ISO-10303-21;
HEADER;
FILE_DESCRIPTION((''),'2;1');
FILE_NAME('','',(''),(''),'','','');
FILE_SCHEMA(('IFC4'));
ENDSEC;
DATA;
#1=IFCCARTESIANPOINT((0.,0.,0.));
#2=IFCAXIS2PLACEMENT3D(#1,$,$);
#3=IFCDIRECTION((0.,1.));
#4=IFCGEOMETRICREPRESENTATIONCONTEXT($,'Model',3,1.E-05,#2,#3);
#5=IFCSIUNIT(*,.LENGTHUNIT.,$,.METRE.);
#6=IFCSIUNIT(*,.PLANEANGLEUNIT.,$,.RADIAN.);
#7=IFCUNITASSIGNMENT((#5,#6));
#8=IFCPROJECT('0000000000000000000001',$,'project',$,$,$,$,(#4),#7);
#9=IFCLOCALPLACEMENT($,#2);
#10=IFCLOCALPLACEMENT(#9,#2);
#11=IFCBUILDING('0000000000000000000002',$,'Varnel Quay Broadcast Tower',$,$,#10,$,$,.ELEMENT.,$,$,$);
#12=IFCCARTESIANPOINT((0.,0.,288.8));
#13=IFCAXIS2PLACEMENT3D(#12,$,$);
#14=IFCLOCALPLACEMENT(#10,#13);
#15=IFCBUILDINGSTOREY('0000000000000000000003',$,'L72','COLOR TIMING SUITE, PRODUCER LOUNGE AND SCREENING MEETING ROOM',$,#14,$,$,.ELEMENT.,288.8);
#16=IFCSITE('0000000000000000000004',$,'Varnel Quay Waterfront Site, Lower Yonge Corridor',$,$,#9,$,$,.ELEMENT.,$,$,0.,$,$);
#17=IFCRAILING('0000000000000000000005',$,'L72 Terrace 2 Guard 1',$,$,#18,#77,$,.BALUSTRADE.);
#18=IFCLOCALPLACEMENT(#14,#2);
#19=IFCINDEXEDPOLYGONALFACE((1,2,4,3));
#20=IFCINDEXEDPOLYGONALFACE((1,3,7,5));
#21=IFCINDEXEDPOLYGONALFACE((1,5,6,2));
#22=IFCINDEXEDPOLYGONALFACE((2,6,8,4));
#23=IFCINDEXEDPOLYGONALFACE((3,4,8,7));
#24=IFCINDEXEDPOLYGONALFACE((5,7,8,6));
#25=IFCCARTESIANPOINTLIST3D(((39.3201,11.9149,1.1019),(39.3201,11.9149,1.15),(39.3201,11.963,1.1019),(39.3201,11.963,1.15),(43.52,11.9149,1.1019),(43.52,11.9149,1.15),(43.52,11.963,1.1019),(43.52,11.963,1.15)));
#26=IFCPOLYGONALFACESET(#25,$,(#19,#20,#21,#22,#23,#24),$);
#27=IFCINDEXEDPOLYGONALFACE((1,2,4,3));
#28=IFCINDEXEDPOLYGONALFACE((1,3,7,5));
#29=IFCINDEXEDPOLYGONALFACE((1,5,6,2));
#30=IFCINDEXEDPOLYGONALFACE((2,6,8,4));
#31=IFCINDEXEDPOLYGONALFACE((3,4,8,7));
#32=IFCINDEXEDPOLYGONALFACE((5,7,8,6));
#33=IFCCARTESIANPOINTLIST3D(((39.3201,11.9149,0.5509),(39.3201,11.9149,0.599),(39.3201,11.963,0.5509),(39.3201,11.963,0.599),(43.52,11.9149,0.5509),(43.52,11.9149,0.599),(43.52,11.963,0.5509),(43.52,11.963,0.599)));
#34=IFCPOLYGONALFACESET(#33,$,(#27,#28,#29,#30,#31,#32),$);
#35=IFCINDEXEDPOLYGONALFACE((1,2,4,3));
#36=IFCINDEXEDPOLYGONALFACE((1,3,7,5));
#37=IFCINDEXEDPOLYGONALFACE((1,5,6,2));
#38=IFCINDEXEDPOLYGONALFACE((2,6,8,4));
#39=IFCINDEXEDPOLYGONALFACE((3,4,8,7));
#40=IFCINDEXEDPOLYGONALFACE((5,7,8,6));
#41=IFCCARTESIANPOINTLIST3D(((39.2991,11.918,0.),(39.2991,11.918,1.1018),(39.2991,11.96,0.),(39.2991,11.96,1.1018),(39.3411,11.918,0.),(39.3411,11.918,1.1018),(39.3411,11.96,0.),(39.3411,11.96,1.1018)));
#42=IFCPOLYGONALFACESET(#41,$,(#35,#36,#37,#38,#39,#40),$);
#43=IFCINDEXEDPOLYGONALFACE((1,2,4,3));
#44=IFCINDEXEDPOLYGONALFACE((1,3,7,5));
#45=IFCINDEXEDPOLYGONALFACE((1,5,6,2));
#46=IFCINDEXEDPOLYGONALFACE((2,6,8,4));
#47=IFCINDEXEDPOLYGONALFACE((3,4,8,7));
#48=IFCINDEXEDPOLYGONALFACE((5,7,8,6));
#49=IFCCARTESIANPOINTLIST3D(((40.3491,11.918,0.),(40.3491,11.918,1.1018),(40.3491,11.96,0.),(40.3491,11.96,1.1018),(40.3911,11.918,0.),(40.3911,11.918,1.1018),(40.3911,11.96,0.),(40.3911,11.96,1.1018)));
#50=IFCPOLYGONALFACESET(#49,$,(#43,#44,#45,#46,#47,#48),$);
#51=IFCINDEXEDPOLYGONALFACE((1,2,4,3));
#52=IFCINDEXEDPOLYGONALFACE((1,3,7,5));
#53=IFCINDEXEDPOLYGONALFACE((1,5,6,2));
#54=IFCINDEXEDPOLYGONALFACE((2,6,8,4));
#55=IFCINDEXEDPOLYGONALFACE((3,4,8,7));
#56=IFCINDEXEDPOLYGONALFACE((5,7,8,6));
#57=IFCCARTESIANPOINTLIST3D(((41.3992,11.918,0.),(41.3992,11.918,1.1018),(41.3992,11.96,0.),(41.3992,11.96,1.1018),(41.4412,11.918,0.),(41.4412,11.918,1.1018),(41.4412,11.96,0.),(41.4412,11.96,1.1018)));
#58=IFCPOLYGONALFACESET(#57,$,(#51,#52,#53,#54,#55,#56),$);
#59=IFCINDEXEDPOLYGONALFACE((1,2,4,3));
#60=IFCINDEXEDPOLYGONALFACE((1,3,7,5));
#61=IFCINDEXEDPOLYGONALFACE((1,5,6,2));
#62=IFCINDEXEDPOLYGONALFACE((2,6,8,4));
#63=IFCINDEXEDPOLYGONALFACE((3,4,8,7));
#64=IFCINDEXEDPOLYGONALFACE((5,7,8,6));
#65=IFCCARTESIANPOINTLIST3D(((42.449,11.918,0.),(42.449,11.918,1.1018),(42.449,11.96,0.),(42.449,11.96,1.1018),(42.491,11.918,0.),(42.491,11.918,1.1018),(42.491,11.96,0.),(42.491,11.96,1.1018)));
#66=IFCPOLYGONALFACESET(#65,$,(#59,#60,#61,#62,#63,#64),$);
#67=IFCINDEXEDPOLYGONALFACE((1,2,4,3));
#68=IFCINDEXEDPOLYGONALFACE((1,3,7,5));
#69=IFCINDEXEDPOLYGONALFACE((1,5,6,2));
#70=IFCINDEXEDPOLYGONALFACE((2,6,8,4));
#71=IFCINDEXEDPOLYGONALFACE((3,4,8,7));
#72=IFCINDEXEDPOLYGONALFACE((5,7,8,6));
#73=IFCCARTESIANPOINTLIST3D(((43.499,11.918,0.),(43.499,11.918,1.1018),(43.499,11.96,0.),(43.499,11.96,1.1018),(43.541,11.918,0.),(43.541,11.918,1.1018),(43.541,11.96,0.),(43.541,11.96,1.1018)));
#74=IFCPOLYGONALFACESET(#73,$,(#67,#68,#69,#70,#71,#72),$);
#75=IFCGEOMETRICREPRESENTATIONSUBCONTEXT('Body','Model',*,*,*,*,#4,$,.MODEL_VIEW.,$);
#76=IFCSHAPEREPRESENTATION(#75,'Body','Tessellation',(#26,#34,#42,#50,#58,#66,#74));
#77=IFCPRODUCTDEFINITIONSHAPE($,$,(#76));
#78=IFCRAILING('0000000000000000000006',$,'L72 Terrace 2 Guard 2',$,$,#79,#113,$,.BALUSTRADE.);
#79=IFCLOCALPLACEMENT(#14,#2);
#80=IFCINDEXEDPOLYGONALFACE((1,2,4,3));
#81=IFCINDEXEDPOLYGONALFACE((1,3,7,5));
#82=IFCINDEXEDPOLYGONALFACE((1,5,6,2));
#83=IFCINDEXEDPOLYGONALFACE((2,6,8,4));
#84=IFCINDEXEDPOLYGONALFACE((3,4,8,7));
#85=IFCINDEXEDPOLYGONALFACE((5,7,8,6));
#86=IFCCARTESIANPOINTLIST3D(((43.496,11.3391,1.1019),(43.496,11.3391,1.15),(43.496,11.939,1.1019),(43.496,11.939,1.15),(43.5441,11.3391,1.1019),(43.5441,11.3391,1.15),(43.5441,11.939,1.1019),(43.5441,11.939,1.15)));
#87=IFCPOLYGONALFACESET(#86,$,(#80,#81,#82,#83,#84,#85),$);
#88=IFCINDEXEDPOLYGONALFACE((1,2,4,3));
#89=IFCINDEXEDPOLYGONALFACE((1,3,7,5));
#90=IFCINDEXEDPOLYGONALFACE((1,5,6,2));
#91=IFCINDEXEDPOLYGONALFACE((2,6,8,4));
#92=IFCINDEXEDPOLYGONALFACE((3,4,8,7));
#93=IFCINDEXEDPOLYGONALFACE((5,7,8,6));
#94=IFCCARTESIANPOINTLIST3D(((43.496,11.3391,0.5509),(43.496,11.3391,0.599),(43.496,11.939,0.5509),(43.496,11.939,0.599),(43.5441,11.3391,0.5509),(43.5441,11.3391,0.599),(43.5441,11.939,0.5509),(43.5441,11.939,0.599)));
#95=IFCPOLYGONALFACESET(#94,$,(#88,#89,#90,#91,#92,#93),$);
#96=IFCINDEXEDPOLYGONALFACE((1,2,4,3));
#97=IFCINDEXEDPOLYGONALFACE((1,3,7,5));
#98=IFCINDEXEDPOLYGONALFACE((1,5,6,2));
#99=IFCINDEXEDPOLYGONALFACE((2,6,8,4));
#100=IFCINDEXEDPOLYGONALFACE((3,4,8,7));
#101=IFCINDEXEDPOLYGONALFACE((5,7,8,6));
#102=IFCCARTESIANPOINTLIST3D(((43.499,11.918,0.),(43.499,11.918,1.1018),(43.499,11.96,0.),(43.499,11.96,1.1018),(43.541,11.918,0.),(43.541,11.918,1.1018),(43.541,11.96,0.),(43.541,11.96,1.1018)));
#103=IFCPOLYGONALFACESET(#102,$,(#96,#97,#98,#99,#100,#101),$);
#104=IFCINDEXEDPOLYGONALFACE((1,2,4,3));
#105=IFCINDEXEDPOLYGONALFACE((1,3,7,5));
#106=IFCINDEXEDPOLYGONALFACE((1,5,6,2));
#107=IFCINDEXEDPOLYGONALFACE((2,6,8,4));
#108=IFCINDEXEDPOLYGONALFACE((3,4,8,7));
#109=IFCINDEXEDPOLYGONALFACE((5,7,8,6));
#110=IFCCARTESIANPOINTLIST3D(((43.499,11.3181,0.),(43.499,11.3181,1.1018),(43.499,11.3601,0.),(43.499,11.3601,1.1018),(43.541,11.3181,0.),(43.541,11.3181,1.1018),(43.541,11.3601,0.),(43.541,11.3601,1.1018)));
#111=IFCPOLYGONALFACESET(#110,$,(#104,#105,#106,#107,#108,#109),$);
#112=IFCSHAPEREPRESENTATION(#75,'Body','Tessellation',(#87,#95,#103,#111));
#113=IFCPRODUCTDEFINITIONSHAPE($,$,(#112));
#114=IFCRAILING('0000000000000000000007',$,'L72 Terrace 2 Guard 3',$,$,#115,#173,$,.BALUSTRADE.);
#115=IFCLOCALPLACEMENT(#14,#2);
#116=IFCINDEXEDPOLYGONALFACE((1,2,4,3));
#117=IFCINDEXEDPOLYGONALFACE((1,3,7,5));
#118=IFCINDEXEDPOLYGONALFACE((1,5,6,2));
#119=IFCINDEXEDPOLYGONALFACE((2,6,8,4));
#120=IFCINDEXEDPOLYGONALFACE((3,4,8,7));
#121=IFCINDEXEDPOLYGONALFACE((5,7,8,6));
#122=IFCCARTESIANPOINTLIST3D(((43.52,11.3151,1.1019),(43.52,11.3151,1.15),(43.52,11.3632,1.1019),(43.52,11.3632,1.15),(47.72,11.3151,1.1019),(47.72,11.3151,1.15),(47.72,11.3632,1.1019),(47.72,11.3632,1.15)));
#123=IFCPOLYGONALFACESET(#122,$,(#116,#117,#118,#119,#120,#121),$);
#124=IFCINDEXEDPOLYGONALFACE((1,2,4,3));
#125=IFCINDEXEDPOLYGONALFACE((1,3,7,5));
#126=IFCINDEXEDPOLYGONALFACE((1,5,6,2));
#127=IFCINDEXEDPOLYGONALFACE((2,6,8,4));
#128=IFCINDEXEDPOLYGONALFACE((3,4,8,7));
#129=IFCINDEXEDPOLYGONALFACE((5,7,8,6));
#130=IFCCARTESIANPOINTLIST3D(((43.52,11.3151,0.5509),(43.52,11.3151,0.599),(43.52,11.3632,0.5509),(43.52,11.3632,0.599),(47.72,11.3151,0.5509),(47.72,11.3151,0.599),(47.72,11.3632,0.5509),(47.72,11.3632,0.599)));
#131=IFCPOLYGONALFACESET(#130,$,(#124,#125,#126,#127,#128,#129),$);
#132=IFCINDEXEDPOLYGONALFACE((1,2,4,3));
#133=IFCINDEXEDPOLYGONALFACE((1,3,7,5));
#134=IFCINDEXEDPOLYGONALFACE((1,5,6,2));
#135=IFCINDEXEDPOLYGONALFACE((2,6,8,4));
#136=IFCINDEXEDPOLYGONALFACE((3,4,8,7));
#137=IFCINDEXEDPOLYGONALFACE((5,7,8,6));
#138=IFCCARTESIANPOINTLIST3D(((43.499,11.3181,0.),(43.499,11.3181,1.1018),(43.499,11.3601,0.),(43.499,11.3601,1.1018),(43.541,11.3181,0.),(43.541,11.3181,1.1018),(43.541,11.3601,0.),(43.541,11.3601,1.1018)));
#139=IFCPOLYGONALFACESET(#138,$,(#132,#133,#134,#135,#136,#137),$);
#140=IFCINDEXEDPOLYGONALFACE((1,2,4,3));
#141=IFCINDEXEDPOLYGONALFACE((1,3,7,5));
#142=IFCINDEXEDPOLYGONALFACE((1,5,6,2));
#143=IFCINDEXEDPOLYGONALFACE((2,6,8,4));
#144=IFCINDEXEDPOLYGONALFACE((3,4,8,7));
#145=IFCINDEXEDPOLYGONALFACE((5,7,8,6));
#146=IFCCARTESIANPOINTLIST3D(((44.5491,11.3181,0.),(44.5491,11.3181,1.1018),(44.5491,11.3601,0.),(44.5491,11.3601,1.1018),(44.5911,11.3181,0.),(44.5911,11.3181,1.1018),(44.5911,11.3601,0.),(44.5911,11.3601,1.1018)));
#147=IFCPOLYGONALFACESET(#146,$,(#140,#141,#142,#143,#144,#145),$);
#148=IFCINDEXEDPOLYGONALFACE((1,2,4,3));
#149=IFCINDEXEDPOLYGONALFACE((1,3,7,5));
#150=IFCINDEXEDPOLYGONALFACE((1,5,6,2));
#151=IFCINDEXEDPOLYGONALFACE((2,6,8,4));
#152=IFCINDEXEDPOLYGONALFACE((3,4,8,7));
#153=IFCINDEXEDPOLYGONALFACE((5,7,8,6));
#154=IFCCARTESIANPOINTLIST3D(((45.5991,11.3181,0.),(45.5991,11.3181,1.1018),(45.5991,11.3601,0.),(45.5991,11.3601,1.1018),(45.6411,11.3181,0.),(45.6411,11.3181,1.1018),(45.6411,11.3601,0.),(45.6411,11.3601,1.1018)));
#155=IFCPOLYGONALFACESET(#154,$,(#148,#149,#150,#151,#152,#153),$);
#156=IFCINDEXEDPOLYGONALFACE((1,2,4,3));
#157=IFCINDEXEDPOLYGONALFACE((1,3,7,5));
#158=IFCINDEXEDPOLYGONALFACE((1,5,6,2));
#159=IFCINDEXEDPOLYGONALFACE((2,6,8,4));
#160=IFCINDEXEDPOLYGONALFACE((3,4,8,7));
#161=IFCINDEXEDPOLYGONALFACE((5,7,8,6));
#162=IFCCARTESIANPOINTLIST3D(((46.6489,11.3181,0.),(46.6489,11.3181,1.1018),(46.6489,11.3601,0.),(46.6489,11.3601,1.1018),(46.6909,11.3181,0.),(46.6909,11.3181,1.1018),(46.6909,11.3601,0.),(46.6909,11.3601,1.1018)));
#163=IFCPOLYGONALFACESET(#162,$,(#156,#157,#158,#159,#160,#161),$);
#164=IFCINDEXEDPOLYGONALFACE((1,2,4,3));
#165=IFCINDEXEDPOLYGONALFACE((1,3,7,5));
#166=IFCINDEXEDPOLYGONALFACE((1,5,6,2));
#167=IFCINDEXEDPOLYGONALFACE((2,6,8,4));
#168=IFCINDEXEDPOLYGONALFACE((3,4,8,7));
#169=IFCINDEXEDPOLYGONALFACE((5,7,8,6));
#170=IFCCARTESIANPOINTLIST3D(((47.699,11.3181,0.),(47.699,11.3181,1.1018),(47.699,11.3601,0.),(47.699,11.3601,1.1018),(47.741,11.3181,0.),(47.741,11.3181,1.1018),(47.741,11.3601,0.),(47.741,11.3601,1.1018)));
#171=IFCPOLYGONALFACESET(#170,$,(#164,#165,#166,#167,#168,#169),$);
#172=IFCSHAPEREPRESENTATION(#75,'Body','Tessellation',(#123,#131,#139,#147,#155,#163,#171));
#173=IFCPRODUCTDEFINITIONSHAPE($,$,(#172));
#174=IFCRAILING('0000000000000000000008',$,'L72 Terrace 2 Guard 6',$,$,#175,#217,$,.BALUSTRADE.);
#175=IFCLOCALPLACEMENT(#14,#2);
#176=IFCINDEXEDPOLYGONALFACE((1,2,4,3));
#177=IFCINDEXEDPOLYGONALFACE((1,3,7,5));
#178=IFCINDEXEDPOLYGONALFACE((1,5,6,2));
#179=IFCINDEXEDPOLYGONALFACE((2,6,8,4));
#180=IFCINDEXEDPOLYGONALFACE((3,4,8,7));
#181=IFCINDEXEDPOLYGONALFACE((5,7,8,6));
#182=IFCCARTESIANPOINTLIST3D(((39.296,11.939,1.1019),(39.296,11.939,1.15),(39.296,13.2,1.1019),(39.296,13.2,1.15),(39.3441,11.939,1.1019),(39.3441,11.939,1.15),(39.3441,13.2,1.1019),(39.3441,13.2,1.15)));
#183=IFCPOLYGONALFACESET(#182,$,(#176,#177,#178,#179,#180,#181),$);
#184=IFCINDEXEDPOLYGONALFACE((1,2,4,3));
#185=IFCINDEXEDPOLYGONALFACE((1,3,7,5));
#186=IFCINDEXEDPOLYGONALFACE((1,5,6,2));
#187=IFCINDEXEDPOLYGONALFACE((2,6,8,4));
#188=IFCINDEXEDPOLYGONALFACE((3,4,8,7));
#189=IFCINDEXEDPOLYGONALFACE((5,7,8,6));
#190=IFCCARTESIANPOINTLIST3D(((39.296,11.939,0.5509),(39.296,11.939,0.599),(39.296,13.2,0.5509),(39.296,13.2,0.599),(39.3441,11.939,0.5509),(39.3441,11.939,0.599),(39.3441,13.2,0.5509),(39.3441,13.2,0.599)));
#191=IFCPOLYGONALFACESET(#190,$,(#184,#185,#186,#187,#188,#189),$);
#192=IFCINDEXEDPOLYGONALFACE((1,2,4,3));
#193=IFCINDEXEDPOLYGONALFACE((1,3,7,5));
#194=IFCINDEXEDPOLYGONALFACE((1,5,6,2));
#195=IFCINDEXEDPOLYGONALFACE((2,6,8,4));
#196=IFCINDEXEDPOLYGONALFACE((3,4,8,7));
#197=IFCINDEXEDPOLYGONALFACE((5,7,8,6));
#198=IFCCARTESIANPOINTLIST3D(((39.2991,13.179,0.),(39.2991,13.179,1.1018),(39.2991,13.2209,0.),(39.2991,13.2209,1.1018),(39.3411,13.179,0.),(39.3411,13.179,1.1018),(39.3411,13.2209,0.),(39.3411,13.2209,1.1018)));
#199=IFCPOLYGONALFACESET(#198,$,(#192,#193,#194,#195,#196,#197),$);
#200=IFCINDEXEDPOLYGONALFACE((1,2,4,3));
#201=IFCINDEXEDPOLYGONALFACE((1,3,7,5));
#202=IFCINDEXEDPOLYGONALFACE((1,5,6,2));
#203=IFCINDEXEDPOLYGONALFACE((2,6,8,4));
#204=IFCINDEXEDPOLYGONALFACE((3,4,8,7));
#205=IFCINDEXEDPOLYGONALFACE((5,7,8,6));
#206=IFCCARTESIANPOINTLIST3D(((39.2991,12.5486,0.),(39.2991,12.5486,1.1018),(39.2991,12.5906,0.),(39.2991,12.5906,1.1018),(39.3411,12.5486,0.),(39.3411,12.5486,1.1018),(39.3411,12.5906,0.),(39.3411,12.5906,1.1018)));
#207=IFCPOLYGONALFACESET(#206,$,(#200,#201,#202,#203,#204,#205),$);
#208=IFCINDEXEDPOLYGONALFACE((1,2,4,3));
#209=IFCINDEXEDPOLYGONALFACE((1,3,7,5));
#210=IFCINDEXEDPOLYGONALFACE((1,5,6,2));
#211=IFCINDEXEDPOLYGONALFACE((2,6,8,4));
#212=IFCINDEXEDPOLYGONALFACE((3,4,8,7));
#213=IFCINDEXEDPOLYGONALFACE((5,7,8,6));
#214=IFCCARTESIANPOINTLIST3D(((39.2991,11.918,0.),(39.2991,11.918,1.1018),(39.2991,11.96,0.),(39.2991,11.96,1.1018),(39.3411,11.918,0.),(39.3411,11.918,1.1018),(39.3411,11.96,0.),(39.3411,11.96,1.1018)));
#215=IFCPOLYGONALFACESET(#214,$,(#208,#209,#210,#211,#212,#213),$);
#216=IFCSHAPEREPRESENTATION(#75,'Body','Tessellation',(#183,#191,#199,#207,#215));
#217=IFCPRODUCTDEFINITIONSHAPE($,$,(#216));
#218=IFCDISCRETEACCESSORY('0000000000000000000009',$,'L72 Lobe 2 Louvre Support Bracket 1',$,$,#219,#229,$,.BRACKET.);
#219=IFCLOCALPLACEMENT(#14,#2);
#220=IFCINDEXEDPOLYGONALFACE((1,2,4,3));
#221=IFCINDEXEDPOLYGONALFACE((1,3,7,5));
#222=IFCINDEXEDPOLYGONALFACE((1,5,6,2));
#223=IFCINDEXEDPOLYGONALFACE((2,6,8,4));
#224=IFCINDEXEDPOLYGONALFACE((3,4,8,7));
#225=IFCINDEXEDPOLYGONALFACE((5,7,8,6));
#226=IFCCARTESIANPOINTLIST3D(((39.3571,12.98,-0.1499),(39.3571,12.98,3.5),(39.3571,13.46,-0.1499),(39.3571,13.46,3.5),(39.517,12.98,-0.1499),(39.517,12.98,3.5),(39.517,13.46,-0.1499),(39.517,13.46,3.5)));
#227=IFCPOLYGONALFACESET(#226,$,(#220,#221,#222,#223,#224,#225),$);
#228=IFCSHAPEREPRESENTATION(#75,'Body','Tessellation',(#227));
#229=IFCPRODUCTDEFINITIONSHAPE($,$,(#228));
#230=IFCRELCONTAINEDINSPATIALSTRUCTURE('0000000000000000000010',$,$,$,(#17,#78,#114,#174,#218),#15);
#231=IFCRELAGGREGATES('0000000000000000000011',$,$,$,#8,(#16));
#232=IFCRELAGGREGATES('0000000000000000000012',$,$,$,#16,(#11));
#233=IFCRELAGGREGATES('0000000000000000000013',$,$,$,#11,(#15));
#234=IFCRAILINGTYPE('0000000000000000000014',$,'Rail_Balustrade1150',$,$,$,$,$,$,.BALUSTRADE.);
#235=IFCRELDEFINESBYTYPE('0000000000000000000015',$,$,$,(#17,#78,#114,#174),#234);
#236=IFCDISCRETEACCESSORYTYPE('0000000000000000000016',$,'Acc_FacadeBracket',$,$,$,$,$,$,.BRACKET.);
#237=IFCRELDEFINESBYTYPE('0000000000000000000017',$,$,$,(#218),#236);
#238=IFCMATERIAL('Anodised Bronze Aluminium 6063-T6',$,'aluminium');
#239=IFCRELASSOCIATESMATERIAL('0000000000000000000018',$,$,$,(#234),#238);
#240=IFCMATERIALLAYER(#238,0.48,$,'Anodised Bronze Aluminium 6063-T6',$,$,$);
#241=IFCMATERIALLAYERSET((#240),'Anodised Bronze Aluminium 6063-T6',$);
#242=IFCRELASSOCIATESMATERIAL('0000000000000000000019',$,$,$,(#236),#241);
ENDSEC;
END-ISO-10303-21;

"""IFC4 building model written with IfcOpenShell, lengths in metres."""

from ifc_helpers import new_model, si_unit, direction, frame, origin, origin_2d, place, context, subcontext, project, spatial, rectangle, extrude, source, transform, mapped, material, layer, layer_set, type_object, type_shapes, element, save


model = new_model("IFC4")

# Units and contexts
model_context = context("Model", 3, precision=1e-05, world=origin(), true_north=direction((0.0, 1.0)))
body_context = subcontext(model_context, "Body", "Model", "MODEL_VIEW")
ifc_project = project(units=[si_unit("LENGTHUNIT", "METRE"), si_unit("PLANEANGLEUNIT", "RADIAN")], contexts=[model_context])

# Site, building, storey
site_placement = place(None, origin())
site = spatial("IfcSite", under=ifc_project, at=site_placement, Name="Varnel Quay Waterfront Site, Lower Yonge Corridor", CompositionType="ELEMENT", RefElevation=0.0)
building_placement = place(site_placement, origin())
building = spatial("IfcBuilding", under=site, at=building_placement, Name="Varnel Quay Broadcast Tower", CompositionType="ELEMENT")
storey_placement = place(building_placement, frame((0.0, 0.0, 288.8)))
storey = spatial("IfcBuildingStorey", under=building, at=storey_placement, Name="L72", Description="COLOR TIMING SUITE, PRODUCER LOUNGE AND SCREENING MEETING ROOM", CompositionType="ELEMENT", Elevation=288.8)

# Shared definitions
ifc_material_1 = material(Name="Anodised Bronze Aluminium 6063-T6", Category="aluminium")

# Railings
railing_type = type_object("IfcRailingType", Name="Rail_Balustrade1150", PredefinedType="BALUSTRADE", material=ifc_material_1)
railing_1_placement = place(storey_placement, frame((39.3201, 11.939, 0.0)))
element("IfcRailing", 1, at=railing_1_placement, inside=storey, type_object=railing_type, Name="L72 Terrace 2 Guard 1", PredefinedType="BALUSTRADE", context=body_context, shape_type="SweptSolid", body=[
    extrude(rectangle(XDim=0.0481, YDim=0.0481, at=origin_2d()), frame((0.0, 0.0, 1.126), z_axis=(1.0, 0.0, 0.0), x_axis=(0.0, 1.0, 0.0)), (0.0, 0.0, 1.0), 4.2),
    extrude(rectangle(XDim=0.0481, YDim=0.0481, at=origin_2d()), frame((0.0, 0.0, 0.575), z_axis=(1.0, 0.0, 0.0), x_axis=(0.0, 1.0, 0.0)), (0.0, 0.0, 1.0), 4.2),
    extrude(rectangle(XDim=0.042, YDim=0.042, at=origin_2d()), origin(), (0.0, 0.0, 1.0), 1.1018),
    extrude(rectangle(XDim=0.042, YDim=0.042, at=origin_2d()), frame((1.05, 0.0, 0.0)), (0.0, 0.0, 1.0), 1.1018),
    extrude(rectangle(XDim=0.042, YDim=0.042, at=origin_2d()), frame((2.1001, 0.0, 0.0)), (0.0, 0.0, 1.0), 1.1018),
    extrude(rectangle(XDim=0.042, YDim=0.042, at=origin_2d()), frame((3.1499, 0.0, 0.0)), (0.0, 0.0, 1.0), 1.1018),
    extrude(rectangle(XDim=0.042, YDim=0.042, at=origin_2d()), frame((4.2, 0.0, 0.0)), (0.0, 0.0, 1.0), 1.1018),
])
railing_2_placement = place(storey_placement, frame((43.52, 11.939, 0.0)))
element("IfcRailing", 2, at=railing_2_placement, inside=storey, type_object=railing_type, Name="L72 Terrace 2 Guard 2", PredefinedType="BALUSTRADE", context=body_context, shape_type="SweptSolid", body=[
    extrude(rectangle(XDim=0.0481, YDim=0.0481, at=origin_2d()), frame((0.0, 0.0, 1.126), z_axis=(0.0, -1.0, 0.0), x_axis=(1.0, 0.0, 0.0)), (0.0, 0.0, 1.0), 0.5999),
    extrude(rectangle(XDim=0.0481, YDim=0.0481, at=origin_2d()), frame((0.0, 0.0, 0.575), z_axis=(0.0, -1.0, 0.0), x_axis=(1.0, 0.0, 0.0)), (0.0, 0.0, 1.0), 0.5999),
    extrude(rectangle(XDim=0.042, YDim=0.042, at=origin_2d()), origin(), (0.0, 0.0, 1.0), 1.1018),
    extrude(rectangle(XDim=0.042, YDim=0.042, at=origin_2d()), frame((0.0, -0.5999, 0.0)), (0.0, 0.0, 1.0), 1.1018),
])
railing_3_placement = place(storey_placement, frame((43.52, 11.3391, 0.0)))
element("IfcRailing", 3, at=railing_3_placement, inside=storey, type_object=railing_type, Name="L72 Terrace 2 Guard 3", PredefinedType="BALUSTRADE", context=body_context, shape_type="SweptSolid", body=[
    extrude(rectangle(XDim=0.0481, YDim=0.0481, at=origin_2d()), frame((0.0, 0.0, 1.126), z_axis=(1.0, 0.0, 0.0), x_axis=(0.0, 1.0, 0.0)), (0.0, 0.0, 1.0), 4.2),
    extrude(rectangle(XDim=0.0481, YDim=0.0481, at=origin_2d()), frame((0.0, 0.0, 0.575), z_axis=(1.0, 0.0, 0.0), x_axis=(0.0, 1.0, 0.0)), (0.0, 0.0, 1.0), 4.2),
    extrude(rectangle(XDim=0.042, YDim=0.042, at=origin_2d()), origin(), (0.0, 0.0, 1.0), 1.1018),
    extrude(rectangle(XDim=0.042, YDim=0.042, at=origin_2d()), frame((1.05, 0.0, 0.0)), (0.0, 0.0, 1.0), 1.1018),
    extrude(rectangle(XDim=0.042, YDim=0.042, at=origin_2d()), frame((2.1001, 0.0, 0.0)), (0.0, 0.0, 1.0), 1.1018),
    extrude(rectangle(XDim=0.042, YDim=0.042, at=origin_2d()), frame((3.1499, 0.0, 0.0)), (0.0, 0.0, 1.0), 1.1018),
    extrude(rectangle(XDim=0.042, YDim=0.042, at=origin_2d()), frame((4.2, 0.0, 0.0)), (0.0, 0.0, 1.0), 1.1018),
])
railing_4_placement = place(storey_placement, frame((39.3201, 13.2, 0.0)))
element("IfcRailing", 4, at=railing_4_placement, inside=storey, type_object=railing_type, Name="L72 Terrace 2 Guard 6", PredefinedType="BALUSTRADE", context=body_context, shape_type="SweptSolid", body=[
    extrude(rectangle(XDim=0.0481, YDim=0.0481, at=origin_2d()), frame((0.0, 0.0, 1.126), z_axis=(0.0, -1.0, 0.0), x_axis=(1.0, 0.0, 0.0)), (0.0, 0.0, 1.0), 1.261),
    extrude(rectangle(XDim=0.0481, YDim=0.0481, at=origin_2d()), frame((0.0, 0.0, 0.575), z_axis=(0.0, -1.0, 0.0), x_axis=(1.0, 0.0, 0.0)), (0.0, 0.0, 1.0), 1.261),
    extrude(rectangle(XDim=0.042, YDim=0.042, at=origin_2d()), origin(), (0.0, 0.0, 1.0), 1.1018),
    extrude(rectangle(XDim=0.042, YDim=0.042, at=origin_2d()), frame((0.0, -0.6304, 0.0)), (0.0, 0.0, 1.0), 1.1018),
    extrude(rectangle(XDim=0.042, YDim=0.042, at=origin_2d()), frame((0.0, -1.261, 0.0)), (0.0, 0.0, 1.0), 1.1018),
])

# Discrete accessory
ifc_layer_1 = layer(ifc_material_1, 0.48, Name="Anodised Bronze Aluminium 6063-T6")
ifc_layer_set_1 = layer_set([ifc_layer_1], Name="Anodised Bronze Aluminium 6063-T6")
discrete_accessory_type = type_object("IfcDiscreteAccessoryType", Name="Acc_FacadeBracket", PredefinedType="BRACKET", material=ifc_layer_set_1)
shared_shape_1 = source(origin(), body_context, "Body", "SweptSolid", [
    extrude(rectangle(XDim=0.1599, YDim=0.48, at=origin_2d()), origin(), (0.0, 0.0, 1.0), 3.6499),
])
type_shapes(discrete_accessory_type, [shared_shape_1])
discrete_accessory_placement = place(storey_placement, frame((39.437, 13.22, -0.1499), z_axis=(0.0, 0.0, 1.0), x_axis=(1.0, 0.0, 0.0)))
element("IfcDiscreteAccessory", 5, at=discrete_accessory_placement, inside=storey, type_object=discrete_accessory_type, Name="L72 Lobe 2 Louvre Support Bracket 1", PredefinedType="BRACKET", context=body_context, shape_type="MappedRepresentation", body=[
    mapped(shared_shape_1, transform((0.0, 0.0, 0.0), x_axis=(1.0, 0.0, 0.0), y_axis=(0.0, 1.0, 0.0), z_axis=(0.0, 0.0, 1.0), scale=1.0)),
])

save(model, "model.ifc")
